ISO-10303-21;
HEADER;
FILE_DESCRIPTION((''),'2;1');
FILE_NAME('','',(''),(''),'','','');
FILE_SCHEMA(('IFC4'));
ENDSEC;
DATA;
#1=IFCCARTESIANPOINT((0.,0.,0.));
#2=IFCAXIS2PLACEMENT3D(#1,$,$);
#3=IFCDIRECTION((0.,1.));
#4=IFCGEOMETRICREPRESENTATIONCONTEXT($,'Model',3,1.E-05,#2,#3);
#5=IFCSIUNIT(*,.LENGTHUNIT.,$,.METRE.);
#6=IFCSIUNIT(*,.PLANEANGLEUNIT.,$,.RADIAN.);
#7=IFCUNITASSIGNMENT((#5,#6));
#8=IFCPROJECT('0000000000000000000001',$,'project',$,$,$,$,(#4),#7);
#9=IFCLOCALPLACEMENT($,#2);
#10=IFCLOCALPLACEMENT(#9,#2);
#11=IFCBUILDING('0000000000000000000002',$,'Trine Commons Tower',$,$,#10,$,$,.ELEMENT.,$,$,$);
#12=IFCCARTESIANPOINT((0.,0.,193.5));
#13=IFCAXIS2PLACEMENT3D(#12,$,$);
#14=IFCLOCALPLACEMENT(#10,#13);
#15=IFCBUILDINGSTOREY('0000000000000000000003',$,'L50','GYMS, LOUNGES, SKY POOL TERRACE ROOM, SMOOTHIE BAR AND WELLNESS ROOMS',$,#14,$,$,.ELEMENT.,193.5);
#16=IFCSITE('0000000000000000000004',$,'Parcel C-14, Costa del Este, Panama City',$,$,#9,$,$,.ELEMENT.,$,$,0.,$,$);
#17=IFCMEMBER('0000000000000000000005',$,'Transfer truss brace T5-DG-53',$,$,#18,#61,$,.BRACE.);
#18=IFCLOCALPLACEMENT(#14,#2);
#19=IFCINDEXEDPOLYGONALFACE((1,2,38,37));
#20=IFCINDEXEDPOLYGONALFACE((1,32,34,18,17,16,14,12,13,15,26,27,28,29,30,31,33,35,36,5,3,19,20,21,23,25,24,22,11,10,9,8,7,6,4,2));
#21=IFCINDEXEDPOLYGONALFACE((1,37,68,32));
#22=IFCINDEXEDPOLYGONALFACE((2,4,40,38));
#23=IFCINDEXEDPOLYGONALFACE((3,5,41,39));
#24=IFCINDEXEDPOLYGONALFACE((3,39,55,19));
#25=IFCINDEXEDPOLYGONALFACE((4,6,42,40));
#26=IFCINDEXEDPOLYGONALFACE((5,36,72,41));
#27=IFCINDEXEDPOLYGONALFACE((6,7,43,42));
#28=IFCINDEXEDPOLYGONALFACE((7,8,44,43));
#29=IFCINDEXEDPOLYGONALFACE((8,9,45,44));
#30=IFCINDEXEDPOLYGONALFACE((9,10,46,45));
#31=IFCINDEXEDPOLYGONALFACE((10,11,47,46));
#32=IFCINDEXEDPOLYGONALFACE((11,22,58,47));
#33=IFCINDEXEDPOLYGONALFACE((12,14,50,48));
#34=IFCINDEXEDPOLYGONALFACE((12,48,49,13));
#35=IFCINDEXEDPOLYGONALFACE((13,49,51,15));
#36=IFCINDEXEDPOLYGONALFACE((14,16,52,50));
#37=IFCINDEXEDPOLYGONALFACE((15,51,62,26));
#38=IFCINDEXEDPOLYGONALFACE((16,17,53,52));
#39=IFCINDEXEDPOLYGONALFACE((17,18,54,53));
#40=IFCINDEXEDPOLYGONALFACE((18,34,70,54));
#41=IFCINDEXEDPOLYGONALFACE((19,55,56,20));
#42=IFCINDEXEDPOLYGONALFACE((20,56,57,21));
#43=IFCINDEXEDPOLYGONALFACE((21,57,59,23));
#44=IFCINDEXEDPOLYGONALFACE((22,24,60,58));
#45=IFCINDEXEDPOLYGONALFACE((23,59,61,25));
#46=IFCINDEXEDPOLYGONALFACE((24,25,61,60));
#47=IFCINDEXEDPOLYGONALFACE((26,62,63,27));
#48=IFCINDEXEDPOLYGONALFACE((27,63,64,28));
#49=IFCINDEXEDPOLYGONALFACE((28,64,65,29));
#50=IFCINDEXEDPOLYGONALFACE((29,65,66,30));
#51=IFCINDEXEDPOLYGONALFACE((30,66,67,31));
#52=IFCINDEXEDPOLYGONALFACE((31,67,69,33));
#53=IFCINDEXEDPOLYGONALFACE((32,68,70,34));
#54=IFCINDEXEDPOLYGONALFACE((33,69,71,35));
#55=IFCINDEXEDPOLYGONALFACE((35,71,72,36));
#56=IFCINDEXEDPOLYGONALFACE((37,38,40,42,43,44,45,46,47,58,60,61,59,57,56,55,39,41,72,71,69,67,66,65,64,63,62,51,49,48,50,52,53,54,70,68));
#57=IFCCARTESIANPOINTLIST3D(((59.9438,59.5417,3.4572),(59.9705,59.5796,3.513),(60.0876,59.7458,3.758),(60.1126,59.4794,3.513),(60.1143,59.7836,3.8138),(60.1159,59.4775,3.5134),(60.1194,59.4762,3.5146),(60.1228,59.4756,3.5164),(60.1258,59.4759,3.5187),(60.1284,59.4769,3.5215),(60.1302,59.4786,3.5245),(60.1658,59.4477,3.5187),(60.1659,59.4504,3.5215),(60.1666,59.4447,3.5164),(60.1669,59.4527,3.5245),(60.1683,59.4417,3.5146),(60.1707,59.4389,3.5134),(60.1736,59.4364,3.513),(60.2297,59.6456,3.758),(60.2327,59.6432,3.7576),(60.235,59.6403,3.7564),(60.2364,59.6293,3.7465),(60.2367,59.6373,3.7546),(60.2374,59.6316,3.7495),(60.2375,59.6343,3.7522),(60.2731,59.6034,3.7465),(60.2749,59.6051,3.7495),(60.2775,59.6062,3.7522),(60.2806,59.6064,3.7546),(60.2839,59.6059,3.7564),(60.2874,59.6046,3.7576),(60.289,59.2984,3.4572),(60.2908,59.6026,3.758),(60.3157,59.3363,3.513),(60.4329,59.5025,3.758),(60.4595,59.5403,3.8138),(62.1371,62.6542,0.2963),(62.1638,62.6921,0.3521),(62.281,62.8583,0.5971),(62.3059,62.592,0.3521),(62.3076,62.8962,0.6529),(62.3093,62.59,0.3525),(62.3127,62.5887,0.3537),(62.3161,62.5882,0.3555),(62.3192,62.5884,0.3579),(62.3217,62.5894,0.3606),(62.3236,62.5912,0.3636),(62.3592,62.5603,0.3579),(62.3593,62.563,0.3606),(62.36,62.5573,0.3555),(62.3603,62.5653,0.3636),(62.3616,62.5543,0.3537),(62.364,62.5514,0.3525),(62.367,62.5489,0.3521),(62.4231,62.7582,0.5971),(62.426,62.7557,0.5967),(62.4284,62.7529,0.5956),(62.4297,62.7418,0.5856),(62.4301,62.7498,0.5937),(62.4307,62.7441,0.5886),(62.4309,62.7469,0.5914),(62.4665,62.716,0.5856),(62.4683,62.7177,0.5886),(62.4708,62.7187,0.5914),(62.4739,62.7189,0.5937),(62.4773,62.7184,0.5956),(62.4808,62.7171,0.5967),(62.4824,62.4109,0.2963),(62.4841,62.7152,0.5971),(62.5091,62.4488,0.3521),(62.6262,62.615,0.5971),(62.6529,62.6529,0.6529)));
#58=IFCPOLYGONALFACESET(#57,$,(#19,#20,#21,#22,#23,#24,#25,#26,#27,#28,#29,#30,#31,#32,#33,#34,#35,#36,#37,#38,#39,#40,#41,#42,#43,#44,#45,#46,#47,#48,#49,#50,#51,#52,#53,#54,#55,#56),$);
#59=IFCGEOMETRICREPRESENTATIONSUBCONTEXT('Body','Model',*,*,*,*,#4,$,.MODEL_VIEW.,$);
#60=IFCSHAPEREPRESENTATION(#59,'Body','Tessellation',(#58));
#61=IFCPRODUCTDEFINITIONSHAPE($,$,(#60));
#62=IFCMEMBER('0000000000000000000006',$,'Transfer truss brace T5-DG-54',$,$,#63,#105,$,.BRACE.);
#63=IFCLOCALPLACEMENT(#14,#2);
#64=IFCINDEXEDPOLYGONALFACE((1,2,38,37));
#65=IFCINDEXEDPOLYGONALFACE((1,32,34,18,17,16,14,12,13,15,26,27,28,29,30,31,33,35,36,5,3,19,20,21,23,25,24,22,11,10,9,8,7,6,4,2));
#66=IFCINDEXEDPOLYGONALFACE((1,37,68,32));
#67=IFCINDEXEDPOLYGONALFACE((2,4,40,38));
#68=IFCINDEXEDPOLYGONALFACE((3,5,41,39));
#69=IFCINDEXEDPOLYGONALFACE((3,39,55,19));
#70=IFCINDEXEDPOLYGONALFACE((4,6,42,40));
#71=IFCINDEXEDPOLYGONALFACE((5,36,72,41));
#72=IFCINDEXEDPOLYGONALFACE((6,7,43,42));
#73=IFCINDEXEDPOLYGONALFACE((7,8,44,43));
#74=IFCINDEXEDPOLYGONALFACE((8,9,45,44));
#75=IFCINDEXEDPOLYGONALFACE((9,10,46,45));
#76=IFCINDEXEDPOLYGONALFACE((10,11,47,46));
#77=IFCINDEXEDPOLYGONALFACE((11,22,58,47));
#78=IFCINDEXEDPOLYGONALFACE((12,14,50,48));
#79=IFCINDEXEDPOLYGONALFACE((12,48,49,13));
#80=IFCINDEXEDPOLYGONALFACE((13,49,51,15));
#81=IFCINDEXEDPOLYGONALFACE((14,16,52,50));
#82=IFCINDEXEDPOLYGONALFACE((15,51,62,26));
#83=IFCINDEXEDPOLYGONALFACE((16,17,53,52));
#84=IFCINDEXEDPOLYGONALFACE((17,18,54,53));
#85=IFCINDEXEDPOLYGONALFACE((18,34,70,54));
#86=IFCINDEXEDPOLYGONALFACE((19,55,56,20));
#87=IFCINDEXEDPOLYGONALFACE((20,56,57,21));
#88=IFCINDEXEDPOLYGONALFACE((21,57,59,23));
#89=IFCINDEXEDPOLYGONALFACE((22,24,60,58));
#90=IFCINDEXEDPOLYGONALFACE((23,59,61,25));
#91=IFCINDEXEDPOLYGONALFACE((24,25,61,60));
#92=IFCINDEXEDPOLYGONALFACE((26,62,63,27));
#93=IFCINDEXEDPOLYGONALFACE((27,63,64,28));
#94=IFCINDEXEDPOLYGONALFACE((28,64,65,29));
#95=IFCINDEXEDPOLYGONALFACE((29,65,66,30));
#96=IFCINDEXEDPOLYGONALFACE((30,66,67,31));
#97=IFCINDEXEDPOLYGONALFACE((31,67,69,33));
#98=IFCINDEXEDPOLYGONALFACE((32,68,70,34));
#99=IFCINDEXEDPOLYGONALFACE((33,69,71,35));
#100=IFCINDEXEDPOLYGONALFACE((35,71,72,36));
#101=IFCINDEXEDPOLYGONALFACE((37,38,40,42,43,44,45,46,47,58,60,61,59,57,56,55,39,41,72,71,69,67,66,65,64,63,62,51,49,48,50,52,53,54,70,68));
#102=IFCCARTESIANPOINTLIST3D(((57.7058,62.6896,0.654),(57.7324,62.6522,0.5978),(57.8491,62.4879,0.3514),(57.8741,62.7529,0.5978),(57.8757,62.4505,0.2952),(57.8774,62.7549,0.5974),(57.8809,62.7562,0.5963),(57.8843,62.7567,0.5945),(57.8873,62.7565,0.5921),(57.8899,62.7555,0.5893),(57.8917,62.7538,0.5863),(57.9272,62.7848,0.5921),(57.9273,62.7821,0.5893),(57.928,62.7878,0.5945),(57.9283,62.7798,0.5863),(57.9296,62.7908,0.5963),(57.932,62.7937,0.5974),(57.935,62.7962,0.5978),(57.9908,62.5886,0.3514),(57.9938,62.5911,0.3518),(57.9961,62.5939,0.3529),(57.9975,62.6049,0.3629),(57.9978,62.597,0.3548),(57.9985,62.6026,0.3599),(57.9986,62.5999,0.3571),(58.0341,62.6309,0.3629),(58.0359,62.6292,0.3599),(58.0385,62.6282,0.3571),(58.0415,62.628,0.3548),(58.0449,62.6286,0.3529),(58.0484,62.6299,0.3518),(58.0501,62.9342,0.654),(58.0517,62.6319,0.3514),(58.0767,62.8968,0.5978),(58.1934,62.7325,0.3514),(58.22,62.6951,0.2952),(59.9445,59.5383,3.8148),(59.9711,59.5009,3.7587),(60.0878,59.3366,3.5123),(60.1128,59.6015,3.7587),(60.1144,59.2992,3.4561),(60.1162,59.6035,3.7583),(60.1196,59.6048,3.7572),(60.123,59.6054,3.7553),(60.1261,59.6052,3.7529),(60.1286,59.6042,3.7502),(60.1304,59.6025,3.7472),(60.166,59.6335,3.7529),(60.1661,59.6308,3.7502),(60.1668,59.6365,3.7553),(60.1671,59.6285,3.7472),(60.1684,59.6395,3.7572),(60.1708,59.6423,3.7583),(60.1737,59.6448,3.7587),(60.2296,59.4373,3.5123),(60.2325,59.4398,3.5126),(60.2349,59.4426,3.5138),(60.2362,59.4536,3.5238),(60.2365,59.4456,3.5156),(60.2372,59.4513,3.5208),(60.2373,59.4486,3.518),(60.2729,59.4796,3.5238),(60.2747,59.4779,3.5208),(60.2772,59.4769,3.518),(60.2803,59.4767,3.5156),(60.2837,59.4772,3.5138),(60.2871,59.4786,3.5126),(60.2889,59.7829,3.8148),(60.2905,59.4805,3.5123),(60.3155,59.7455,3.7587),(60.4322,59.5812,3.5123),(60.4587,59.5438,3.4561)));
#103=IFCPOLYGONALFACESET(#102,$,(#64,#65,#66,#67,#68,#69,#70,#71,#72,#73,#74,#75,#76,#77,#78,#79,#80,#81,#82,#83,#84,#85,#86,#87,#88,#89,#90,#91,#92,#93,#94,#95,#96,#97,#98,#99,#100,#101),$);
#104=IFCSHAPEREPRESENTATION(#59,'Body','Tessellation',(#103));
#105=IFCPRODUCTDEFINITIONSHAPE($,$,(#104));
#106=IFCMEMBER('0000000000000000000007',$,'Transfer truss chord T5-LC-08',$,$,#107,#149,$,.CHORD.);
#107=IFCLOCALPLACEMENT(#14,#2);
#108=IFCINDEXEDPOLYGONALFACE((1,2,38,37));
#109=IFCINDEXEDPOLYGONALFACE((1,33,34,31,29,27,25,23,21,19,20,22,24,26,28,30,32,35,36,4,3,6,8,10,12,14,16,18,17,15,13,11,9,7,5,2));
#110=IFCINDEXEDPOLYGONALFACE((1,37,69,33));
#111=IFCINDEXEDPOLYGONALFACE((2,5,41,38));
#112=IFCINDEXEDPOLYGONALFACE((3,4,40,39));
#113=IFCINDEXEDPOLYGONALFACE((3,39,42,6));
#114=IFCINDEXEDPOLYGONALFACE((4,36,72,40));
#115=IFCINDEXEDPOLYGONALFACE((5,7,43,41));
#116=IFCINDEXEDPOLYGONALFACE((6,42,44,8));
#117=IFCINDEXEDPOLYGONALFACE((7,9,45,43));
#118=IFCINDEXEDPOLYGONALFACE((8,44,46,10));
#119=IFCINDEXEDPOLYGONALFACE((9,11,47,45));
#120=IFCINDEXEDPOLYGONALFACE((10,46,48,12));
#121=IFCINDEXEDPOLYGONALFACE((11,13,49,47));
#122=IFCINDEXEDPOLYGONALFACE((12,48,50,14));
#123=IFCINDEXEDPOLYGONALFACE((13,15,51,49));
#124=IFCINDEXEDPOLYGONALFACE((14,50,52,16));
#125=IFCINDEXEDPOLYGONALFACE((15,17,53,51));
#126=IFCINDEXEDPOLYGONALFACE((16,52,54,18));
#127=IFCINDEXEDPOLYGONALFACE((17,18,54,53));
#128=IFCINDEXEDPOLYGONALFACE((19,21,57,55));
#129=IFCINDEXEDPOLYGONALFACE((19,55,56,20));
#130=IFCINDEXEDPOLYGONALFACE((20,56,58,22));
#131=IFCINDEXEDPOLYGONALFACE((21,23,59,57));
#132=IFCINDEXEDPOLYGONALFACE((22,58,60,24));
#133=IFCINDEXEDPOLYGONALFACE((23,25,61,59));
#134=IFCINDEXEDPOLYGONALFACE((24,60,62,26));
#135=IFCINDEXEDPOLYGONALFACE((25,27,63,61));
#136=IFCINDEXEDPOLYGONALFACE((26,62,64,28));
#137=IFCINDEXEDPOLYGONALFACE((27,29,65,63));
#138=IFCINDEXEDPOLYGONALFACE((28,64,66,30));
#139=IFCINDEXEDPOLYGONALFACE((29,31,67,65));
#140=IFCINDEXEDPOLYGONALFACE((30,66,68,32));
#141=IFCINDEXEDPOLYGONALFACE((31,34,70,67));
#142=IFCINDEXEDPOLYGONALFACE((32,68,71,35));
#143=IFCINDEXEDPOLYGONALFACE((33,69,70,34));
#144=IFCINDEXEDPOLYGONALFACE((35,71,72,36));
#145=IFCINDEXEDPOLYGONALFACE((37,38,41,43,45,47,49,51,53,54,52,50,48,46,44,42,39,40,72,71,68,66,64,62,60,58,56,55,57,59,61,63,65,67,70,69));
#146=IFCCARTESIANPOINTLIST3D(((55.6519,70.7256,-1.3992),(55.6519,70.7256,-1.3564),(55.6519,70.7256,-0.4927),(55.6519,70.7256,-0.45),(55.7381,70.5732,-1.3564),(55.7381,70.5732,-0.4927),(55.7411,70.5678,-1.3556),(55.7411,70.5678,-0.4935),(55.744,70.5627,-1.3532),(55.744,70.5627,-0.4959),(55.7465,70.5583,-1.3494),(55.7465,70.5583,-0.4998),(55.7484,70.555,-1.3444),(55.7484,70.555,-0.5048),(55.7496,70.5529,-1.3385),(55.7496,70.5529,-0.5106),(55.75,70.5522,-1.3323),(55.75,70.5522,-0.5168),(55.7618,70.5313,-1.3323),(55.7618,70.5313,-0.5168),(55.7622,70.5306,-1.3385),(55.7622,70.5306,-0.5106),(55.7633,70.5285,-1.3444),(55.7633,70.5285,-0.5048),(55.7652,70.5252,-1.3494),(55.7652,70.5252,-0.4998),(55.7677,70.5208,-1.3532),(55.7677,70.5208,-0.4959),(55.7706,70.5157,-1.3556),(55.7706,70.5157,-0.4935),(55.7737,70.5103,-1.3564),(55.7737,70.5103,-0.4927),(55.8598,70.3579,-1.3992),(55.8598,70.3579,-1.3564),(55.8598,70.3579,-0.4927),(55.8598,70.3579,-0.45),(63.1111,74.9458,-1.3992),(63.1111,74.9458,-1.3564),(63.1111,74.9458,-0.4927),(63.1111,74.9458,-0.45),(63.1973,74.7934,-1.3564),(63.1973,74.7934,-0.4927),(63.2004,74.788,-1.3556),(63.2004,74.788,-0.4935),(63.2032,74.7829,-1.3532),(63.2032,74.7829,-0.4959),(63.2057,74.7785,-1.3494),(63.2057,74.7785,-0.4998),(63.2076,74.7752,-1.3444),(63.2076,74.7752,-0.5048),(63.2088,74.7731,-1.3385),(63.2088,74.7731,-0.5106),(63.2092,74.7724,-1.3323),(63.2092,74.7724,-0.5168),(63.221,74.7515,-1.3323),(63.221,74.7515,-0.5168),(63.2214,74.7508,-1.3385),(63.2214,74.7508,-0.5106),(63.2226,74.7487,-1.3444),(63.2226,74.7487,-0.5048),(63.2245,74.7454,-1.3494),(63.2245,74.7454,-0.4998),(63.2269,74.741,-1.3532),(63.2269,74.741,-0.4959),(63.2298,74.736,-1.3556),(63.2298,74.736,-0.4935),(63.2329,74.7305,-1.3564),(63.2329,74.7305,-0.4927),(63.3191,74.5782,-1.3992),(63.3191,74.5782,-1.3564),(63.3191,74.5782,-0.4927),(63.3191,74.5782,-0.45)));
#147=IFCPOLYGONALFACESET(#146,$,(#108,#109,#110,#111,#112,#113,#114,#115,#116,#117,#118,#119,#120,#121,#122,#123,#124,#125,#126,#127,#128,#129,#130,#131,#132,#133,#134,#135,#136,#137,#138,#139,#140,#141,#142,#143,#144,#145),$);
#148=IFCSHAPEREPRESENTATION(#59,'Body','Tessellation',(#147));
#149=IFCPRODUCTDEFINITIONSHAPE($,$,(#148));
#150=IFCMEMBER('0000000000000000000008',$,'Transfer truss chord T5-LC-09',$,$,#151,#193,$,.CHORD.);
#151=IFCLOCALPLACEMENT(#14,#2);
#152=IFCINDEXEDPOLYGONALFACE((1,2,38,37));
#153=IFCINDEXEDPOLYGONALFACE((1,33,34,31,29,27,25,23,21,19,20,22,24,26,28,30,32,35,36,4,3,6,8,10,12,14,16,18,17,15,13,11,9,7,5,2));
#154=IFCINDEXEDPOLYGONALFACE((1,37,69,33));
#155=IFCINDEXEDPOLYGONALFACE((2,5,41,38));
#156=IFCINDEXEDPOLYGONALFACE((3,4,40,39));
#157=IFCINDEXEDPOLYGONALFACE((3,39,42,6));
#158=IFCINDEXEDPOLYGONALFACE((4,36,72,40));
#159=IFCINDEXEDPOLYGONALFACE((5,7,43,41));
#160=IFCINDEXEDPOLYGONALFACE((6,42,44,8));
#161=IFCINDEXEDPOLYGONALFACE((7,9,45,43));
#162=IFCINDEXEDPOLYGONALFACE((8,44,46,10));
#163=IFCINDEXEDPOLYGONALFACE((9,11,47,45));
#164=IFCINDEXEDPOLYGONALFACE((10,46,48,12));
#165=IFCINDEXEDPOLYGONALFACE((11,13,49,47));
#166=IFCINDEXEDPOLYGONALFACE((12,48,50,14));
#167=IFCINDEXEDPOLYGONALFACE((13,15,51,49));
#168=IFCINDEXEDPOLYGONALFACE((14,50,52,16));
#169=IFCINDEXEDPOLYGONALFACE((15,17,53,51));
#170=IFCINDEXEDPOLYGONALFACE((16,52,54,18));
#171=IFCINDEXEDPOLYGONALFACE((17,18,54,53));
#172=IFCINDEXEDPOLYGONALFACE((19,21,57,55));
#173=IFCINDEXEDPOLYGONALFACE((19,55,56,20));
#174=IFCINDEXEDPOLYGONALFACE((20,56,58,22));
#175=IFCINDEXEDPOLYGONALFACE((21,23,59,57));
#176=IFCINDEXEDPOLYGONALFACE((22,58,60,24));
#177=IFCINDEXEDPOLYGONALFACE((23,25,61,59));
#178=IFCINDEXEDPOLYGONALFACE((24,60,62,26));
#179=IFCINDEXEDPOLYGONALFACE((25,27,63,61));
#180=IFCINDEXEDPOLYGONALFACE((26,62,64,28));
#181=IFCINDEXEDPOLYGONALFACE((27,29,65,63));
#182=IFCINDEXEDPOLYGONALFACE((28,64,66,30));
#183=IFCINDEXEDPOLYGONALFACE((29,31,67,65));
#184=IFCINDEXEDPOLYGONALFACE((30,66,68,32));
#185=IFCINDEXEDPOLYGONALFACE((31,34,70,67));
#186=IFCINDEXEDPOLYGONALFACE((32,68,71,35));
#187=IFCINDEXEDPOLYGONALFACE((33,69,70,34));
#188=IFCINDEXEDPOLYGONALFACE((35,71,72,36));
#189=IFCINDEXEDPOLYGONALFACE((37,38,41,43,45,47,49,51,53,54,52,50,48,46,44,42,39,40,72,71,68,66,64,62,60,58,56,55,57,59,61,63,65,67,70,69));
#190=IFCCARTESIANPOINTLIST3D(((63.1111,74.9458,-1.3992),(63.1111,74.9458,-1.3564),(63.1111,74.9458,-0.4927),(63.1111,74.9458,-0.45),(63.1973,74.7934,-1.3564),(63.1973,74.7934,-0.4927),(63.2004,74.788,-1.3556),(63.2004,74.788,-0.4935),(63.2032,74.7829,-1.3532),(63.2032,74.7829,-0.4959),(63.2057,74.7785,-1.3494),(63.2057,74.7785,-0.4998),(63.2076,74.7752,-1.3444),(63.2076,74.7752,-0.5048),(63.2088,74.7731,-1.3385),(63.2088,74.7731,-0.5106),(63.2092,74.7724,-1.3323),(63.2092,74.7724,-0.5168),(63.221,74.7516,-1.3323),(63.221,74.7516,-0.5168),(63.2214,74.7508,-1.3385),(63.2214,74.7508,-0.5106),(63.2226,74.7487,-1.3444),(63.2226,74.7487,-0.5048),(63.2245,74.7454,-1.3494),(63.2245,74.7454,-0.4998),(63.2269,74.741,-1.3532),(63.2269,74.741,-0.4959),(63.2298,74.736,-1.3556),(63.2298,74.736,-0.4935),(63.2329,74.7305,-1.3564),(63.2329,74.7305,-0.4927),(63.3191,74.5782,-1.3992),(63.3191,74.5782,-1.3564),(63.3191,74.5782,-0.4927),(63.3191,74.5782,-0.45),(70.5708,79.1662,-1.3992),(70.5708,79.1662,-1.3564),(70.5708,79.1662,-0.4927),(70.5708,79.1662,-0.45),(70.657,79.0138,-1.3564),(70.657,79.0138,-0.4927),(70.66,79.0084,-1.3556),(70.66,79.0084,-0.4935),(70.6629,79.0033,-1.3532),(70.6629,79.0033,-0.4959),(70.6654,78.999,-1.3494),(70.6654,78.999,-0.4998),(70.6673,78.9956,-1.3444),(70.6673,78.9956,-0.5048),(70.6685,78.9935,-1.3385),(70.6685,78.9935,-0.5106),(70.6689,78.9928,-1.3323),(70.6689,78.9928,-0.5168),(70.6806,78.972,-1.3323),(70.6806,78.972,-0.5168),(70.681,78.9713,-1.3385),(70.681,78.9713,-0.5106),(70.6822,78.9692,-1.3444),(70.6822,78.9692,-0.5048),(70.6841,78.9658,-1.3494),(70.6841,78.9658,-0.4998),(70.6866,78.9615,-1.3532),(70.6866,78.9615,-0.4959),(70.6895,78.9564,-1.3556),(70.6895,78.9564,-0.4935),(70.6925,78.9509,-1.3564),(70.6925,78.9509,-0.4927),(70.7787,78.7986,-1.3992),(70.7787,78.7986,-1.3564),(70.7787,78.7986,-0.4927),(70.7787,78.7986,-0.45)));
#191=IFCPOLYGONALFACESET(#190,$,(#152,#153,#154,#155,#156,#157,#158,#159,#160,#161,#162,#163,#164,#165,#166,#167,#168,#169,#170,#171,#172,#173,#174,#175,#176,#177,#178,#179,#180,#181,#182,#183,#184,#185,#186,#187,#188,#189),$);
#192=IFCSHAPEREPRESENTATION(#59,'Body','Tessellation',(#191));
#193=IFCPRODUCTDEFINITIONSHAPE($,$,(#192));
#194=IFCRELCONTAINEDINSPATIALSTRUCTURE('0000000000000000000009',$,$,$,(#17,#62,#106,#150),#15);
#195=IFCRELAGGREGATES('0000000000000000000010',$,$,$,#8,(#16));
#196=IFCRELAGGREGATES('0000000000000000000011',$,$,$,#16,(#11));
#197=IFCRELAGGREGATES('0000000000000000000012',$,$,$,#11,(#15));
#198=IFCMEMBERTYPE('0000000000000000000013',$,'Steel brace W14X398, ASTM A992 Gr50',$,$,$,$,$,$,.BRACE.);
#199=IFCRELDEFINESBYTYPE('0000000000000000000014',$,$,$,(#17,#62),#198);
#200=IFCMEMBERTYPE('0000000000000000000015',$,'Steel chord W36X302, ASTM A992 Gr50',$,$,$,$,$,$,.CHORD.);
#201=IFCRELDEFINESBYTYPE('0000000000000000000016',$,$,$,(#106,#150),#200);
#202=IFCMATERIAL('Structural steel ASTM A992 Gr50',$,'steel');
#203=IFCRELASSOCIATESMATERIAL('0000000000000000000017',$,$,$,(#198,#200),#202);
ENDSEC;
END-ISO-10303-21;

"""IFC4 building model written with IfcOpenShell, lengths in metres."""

from ifc_helpers import new_model, si_unit, direction, frame, origin, origin_2d, place, context, subcontext, project, spatial, i_section, extrude, material, material_profile, profile_set, type_object, element, save


model = new_model("IFC4")

# Units and contexts
model_context = context("Model", 3, precision=1e-05, world=origin(), true_north=direction((0.0, 1.0)))
body_context = subcontext(model_context, "Body", "Model", "MODEL_VIEW")
ifc_project = project(units=[si_unit("LENGTHUNIT", "METRE"), si_unit("PLANEANGLEUNIT", "RADIAN")], contexts=[model_context])

# Site, building, storey
site_placement = place(None, origin())
site = spatial("IfcSite", under=ifc_project, at=site_placement, Name="Parcel C-14, Costa del Este, Panama City", CompositionType="ELEMENT", RefElevation=0.0)
building_placement = place(site_placement, origin())
building = spatial("IfcBuilding", under=site, at=building_placement, Name="Trine Commons Tower", CompositionType="ELEMENT")
storey_placement = place(building_placement, frame((0.0, 0.0, 193.5)))
storey = spatial("IfcBuildingStorey", under=building, at=storey_placement, Name="L50", Description="GYMS, LOUNGES, SKY POOL TERRACE ROOM, SMOOTHIE BAR AND WELLNESS ROOMS", CompositionType="ELEMENT", Elevation=193.5)

# Shared definitions
ifc_material_1 = material(Name="Structural steel ASTM A992 Gr50", Category="steel")

# Members
ifc_material_profile_1 = material_profile(ifc_material_1, i_section(OverallWidth=0.4224, OverallDepth=0.4634, WebThickness=0.0449, FlangeThickness=0.0725, FilletRadius=0.0149, at=origin_2d()), Name="W14X398")
ifc_profile_set_1 = profile_set([ifc_material_profile_1], Name="Structural steel ASTM A992 Gr50")
member_type_1 = type_object("IfcMemberType", Name="Steel brace W14X398, ASTM A992 Gr50", PredefinedType="BRACE", material=ifc_profile_set_1)
member_1_placement = place(storey_placement, frame((62.395, 62.6536, 0.4746), z_axis=(-0.443216, -0.628958, 0.638726), x_axis=(0.81743, -0.576029, 0.0)))
element("IfcMember", 1, at=member_1_placement, inside=storey, type_object=member_type_1, Name="Transfer truss brace T5-DG-53", PredefinedType="BRACE", context=body_context, shape_type="SweptSolid", body=[
    extrude(i_section(OverallWidth=0.4224, OverallDepth=0.4634, WebThickness=0.0449, FlangeThickness=0.0725, FilletRadius=0.0149, at=origin_2d()), origin(), (0.0, 0.0, 1.0), 4.9487),
])
member_2_placement = place(storey_placement, frame((57.9629, 62.6924, 0.4746), z_axis=(0.448342, -0.631102, 0.633009), x_axis=(0.815224, 0.579145, 0.0)))
element("IfcMember", 2, at=member_2_placement, inside=storey, type_object=member_type_1, Name="Transfer truss brace T5-DG-54", PredefinedType="BRACE", context=body_context, shape_type="SweptSolid", body=[
    extrude(i_section(OverallWidth=0.4224, OverallDepth=0.4634, WebThickness=0.0449, FlangeThickness=0.0725, FilletRadius=0.0149, at=origin_2d()), origin(), (0.0, 0.0, 1.0), 4.9934),
])
ifc_material_profile_2 = material_profile(ifc_material_1, i_section(OverallWidth=0.4224, OverallDepth=0.9492, WebThickness=0.0239, FlangeThickness=0.0427, FilletRadius=0.0242, at=origin_2d()), Name="W36X302")
ifc_profile_set_2 = profile_set([ifc_material_profile_2], Name="Structural steel ASTM A992 Gr50")
member_type_2 = type_object("IfcMemberType", Name="Steel chord W36X302, ASTM A992 Gr50", PredefinedType="CHORD", material=ifc_profile_set_2)
member_3_placement = place(storey_placement, frame((55.7559, 70.5417, -0.9246), z_axis=(0.870356, 0.492422, 0.0), x_axis=(-0.492422, 0.870356, 0.0)))
element("IfcMember", 3, at=member_3_placement, inside=storey, type_object=member_type_2, Name="Transfer truss chord T5-LC-08", PredefinedType="CHORD", context=body_context, shape_type="SweptSolid", body=[
    extrude(i_section(OverallWidth=0.4224, OverallDepth=0.9492, WebThickness=0.0239, FlangeThickness=0.0427, FilletRadius=0.0242, at=origin_2d()), origin(), (0.0, 0.0, 1.0), 8.5703),
])
member_4_placement = place(storey_placement, frame((63.2151, 74.762, -0.9246), z_axis=(0.870358, 0.49242, 0.0), x_axis=(-0.49242, 0.870358, 0.0)))
element("IfcMember", 4, at=member_4_placement, inside=storey, type_object=member_type_2, Name="Transfer truss chord T5-LC-09", PredefinedType="CHORD", context=body_context, shape_type="SweptSolid", body=[
    extrude(i_section(OverallWidth=0.4224, OverallDepth=0.9492, WebThickness=0.0239, FlangeThickness=0.0427, FilletRadius=0.0242, at=origin_2d()), origin(), (0.0, 0.0, 1.0), 8.5708),
])

save(model, "model.ifc")
